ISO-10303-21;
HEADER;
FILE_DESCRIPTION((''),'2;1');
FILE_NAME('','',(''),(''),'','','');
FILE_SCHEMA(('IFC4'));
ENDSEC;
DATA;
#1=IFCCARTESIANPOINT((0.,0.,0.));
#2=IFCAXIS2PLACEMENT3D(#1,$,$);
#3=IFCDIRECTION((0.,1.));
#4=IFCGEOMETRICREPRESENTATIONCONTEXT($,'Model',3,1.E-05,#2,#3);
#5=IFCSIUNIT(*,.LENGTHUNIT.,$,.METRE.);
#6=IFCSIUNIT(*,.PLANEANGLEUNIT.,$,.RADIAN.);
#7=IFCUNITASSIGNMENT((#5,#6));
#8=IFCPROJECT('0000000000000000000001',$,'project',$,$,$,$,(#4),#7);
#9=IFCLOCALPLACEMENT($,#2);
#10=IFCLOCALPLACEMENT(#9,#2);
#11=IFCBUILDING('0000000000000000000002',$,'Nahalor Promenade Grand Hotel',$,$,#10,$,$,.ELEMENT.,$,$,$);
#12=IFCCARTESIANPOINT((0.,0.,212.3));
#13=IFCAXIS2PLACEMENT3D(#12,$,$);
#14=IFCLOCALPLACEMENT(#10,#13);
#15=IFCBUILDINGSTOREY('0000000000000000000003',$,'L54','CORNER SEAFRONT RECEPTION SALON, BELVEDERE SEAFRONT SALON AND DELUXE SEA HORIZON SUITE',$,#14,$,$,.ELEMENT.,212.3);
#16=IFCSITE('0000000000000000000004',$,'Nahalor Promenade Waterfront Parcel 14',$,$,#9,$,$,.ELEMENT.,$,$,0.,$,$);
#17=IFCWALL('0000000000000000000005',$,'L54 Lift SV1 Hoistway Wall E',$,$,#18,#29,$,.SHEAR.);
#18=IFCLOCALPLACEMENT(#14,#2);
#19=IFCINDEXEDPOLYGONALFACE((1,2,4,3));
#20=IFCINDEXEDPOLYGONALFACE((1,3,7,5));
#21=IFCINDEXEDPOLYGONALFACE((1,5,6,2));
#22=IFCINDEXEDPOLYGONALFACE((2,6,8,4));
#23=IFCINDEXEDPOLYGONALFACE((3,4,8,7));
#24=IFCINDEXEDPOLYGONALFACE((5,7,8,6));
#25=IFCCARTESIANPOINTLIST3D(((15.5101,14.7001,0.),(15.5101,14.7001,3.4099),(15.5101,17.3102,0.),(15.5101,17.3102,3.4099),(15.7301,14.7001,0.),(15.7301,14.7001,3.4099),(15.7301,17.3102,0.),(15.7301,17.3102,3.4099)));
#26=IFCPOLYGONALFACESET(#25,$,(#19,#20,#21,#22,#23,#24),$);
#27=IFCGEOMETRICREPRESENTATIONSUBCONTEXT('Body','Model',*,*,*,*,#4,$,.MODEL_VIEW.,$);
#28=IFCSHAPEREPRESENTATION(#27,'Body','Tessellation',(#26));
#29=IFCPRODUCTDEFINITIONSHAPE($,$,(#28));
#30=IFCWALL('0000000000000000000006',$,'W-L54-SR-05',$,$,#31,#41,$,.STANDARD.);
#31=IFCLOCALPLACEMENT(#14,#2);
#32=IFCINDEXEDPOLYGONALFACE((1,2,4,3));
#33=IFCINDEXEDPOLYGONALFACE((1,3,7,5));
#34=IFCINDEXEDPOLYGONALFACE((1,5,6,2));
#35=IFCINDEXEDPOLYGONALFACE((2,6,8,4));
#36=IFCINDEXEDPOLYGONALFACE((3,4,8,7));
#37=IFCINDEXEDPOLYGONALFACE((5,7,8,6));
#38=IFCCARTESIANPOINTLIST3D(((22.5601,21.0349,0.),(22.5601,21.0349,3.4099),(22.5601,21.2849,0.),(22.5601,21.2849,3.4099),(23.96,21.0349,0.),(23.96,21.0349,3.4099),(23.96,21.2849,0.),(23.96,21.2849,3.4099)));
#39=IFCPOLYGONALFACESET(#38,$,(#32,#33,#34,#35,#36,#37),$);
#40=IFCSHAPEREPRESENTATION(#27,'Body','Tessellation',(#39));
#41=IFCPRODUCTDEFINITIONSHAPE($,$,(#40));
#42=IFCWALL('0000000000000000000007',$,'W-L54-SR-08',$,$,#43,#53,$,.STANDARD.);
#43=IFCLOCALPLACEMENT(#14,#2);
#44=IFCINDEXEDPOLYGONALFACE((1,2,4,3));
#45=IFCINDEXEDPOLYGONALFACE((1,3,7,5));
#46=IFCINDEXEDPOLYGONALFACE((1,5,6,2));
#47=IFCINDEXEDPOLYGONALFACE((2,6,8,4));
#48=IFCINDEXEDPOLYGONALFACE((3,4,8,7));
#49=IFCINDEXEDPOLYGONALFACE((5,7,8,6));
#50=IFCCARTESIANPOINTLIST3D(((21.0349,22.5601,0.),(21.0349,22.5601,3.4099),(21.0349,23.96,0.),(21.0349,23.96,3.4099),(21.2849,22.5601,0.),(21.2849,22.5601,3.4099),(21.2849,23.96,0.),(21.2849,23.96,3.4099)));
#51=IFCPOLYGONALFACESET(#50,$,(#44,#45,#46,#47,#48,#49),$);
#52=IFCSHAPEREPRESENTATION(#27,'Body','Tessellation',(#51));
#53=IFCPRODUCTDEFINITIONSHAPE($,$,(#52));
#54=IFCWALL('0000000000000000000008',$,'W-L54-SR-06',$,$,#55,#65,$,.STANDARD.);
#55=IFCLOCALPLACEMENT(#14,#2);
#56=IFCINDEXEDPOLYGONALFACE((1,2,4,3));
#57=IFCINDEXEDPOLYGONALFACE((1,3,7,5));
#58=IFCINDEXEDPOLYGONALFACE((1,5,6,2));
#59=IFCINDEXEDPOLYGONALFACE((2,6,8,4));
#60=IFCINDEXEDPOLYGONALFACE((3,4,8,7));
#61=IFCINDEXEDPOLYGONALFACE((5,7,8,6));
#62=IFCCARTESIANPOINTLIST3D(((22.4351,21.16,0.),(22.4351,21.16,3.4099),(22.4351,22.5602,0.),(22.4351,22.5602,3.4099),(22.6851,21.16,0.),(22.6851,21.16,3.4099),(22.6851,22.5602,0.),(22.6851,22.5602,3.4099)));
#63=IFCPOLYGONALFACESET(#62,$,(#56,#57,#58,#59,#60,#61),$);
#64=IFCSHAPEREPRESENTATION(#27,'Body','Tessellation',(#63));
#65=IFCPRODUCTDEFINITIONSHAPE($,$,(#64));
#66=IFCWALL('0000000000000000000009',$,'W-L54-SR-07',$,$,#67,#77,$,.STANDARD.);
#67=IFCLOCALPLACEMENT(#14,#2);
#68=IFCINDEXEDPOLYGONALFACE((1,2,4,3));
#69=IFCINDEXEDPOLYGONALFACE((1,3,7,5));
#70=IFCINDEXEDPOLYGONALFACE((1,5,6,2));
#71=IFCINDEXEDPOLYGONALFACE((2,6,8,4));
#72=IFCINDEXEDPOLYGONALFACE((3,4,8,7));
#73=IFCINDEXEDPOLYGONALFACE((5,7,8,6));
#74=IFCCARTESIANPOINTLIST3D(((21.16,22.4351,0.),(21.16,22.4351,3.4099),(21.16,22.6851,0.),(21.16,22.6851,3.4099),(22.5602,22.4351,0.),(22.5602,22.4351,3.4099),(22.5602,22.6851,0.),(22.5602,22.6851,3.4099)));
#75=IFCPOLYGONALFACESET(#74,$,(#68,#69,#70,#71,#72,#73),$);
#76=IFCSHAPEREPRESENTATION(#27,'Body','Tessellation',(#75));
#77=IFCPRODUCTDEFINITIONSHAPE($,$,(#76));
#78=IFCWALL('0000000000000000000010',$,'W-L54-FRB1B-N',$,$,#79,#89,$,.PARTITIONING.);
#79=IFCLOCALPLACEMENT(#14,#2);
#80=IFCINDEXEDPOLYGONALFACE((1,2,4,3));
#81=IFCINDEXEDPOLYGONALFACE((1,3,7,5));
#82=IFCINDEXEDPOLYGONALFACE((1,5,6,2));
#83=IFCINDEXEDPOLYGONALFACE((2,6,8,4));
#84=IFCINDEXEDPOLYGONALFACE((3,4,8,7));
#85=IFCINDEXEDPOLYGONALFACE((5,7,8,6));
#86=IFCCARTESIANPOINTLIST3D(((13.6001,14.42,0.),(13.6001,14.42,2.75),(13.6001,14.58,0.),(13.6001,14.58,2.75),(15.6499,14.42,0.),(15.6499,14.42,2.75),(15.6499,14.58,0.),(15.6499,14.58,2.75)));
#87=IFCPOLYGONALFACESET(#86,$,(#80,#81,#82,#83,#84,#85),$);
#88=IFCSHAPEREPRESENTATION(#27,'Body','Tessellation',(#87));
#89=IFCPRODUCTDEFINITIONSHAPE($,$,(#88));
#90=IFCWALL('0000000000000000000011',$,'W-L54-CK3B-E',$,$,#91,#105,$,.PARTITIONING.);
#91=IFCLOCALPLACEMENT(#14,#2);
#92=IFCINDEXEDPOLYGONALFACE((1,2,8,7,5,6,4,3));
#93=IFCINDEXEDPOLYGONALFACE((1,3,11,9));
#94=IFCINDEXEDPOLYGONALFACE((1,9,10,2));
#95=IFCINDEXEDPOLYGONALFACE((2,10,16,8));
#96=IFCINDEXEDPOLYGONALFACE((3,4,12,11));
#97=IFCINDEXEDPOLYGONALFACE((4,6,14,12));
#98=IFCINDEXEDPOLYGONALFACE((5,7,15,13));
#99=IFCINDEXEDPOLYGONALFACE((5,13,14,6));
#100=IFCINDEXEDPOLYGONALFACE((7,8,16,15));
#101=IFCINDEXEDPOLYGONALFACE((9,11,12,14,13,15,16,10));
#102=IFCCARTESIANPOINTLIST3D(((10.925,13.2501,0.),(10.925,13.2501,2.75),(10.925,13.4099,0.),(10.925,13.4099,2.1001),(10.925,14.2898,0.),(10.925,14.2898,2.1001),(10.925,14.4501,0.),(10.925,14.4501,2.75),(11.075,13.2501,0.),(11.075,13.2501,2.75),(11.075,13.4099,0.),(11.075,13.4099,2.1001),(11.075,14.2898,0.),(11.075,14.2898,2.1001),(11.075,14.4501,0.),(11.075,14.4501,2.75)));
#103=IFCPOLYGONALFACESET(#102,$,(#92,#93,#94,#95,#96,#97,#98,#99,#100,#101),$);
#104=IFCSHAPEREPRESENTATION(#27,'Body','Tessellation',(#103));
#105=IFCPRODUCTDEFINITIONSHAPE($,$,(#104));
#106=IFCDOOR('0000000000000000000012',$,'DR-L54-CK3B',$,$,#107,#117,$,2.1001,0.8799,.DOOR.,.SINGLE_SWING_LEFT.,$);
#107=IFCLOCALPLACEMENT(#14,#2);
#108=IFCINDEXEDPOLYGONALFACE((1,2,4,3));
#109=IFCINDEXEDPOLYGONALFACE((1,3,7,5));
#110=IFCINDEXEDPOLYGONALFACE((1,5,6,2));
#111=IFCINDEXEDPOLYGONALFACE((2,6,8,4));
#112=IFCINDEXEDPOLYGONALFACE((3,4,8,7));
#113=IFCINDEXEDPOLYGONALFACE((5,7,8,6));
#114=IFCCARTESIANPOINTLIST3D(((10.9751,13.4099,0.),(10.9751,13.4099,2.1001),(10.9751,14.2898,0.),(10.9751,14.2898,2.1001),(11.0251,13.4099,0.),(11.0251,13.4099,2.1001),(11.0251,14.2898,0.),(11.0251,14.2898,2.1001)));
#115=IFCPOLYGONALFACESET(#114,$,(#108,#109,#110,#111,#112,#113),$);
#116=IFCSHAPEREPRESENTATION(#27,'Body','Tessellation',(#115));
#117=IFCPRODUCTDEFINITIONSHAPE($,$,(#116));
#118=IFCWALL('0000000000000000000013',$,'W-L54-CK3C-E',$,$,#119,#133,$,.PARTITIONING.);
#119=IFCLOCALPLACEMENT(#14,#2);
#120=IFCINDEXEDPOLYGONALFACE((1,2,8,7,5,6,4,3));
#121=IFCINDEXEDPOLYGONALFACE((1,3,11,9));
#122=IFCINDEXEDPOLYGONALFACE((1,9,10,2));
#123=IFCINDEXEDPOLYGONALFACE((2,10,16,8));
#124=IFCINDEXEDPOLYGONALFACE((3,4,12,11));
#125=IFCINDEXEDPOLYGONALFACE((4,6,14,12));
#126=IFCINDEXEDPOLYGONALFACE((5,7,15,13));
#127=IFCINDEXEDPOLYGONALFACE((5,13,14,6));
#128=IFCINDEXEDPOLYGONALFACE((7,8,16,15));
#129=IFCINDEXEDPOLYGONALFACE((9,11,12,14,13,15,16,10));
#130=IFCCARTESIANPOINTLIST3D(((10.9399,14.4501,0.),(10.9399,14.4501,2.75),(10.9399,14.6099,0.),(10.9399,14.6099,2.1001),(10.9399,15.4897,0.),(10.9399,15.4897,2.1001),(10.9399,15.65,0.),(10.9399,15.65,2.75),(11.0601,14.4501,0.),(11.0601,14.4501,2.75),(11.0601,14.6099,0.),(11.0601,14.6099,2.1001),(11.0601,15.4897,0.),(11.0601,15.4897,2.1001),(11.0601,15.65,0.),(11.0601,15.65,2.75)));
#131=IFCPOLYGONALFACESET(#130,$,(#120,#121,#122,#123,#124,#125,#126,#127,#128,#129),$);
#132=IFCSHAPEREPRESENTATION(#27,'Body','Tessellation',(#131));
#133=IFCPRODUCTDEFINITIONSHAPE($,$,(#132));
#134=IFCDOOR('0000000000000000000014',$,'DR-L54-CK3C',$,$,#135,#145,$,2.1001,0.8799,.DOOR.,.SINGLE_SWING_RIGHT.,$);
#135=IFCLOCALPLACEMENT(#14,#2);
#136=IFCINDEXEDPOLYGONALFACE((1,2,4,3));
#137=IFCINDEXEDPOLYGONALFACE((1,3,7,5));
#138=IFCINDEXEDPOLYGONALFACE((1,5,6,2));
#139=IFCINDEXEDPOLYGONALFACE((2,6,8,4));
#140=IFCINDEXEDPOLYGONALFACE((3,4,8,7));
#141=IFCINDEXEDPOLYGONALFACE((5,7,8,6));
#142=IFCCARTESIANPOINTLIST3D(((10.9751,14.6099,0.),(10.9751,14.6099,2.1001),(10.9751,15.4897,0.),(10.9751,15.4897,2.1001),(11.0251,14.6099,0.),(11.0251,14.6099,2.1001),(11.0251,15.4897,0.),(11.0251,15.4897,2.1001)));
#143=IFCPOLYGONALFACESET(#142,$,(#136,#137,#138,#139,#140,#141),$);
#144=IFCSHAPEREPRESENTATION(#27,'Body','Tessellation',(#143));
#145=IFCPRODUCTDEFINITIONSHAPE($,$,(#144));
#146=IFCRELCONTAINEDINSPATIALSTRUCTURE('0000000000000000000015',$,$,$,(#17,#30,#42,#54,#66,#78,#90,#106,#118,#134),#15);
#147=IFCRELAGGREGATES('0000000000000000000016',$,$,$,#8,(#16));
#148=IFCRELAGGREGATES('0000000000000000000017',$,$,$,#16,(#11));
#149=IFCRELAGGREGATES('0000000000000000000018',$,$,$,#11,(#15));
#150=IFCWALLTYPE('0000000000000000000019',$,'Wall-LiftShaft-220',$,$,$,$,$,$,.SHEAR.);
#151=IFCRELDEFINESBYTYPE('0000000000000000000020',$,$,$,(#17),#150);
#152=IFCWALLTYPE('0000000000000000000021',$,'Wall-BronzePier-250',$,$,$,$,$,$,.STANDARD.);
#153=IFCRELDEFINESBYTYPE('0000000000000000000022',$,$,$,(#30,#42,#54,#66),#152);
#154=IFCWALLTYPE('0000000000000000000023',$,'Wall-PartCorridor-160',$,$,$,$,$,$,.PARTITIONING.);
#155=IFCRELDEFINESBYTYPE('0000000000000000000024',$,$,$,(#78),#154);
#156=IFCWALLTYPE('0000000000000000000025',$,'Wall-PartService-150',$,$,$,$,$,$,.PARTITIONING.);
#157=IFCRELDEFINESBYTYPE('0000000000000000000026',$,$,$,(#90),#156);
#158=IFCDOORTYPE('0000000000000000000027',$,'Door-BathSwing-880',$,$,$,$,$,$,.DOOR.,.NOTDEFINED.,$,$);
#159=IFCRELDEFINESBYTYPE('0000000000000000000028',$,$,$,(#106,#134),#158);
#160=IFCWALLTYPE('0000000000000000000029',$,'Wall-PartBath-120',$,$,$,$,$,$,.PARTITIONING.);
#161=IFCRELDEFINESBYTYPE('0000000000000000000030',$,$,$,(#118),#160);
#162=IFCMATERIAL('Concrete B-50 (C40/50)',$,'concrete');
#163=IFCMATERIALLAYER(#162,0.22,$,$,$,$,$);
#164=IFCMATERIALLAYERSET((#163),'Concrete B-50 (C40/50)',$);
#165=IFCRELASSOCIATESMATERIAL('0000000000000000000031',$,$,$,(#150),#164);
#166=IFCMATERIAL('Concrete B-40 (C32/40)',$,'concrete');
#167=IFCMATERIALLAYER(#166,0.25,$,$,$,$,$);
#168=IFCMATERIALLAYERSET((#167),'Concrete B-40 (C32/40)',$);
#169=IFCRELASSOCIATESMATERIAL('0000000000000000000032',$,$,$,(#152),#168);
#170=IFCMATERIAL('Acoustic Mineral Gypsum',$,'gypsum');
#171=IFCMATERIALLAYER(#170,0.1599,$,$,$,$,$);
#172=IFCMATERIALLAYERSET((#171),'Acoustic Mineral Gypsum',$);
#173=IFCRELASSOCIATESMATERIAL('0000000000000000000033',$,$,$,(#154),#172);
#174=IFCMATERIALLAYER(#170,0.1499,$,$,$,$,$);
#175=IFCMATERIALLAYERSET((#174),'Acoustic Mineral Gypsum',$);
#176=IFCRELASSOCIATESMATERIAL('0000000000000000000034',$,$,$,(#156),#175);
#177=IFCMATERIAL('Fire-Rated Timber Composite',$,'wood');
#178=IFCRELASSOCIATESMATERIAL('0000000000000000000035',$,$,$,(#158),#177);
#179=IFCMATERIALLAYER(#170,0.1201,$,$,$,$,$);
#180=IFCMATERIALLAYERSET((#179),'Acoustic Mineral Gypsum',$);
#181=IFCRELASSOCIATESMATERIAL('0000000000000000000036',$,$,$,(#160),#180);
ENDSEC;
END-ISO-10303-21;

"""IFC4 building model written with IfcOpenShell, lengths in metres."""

from ifc_helpers import new_model, si_unit, direction, frame, frame_2d, origin, place, context, subcontext, project, spatial, rectangle, extrude, source, transform, mapped, material, layer, layer_set, type_object, element, fill, save


model = new_model("IFC4")

# Units and contexts
model_context = context("Model", 3, precision=1e-05, world=origin(), true_north=direction((0.0, 1.0)))
body_context = subcontext(model_context, "Body", "Model", "MODEL_VIEW")
ifc_project = project(units=[si_unit("LENGTHUNIT", "METRE"), si_unit("PLANEANGLEUNIT", "RADIAN")], contexts=[model_context])

# Site, building, storey
site_placement = place(None, origin())
site = spatial("IfcSite", under=ifc_project, at=site_placement, Name="Nahalor Promenade Waterfront Parcel 14", CompositionType="ELEMENT", RefElevation=0.0)
building_placement = place(site_placement, origin())
building = spatial("IfcBuilding", under=site, at=building_placement, Name="Nahalor Promenade Grand Hotel", CompositionType="ELEMENT")
storey_placement = place(building_placement, frame((0.0, 0.0, 212.3)))
storey = spatial("IfcBuildingStorey", under=building, at=storey_placement, Name="L54", Description="CORNER SEAFRONT RECEPTION SALON, BELVEDERE SEAFRONT SALON AND DELUXE SEA HORIZON SUITE", CompositionType="ELEMENT", Elevation=212.3)

# Shared definitions
ifc_material_1 = material(Name="Concrete B-50 (C40/50)", Category="concrete")
ifc_layer_1 = layer(ifc_material_1, 0.22)
ifc_layer_set_1 = layer_set([ifc_layer_1], Name="Concrete B-50 (C40/50)")
wall_type_1 = type_object("IfcWallType", Name="Wall-LiftShaft-220", PredefinedType="SHEAR", material=ifc_layer_set_1)

# Shared definitions
shared_shape_1 = source(origin(), body_context, "Body", "SweptSolid", [
    extrude(rectangle(XDim=2.6101, YDim=0.22, at=frame_2d((1.3052, 0.0))), origin(), (0.0, 0.0, 1.0), 3.4099),
])

# Walls
wall_1_placement = place(storey_placement, frame((15.6201, 14.7, 0.0), z_axis=(0.0, 0.0, 1.0), x_axis=(0.0, 1.0, 0.0)))
element("IfcWall", 1, at=wall_1_placement, inside=storey, type_object=wall_type_1, Name="L54 Lift SV1 Hoistway Wall E", PredefinedType="SHEAR", context=body_context, shape_type="MappedRepresentation", body=[
    mapped(shared_shape_1, transform((0.0, 0.0, 0.0), scale=1.0)),
])
ifc_material_2 = material(Name="Concrete B-40 (C32/40)", Category="concrete")
ifc_layer_2 = layer(ifc_material_2, 0.25)
ifc_layer_set_2 = layer_set([ifc_layer_2], Name="Concrete B-40 (C32/40)")
wall_type_2 = type_object("IfcWallType", Name="Wall-BronzePier-250", PredefinedType="STANDARD", material=ifc_layer_set_2)
shared_shape_2 = source(origin(), body_context, "Body", "SweptSolid", [
    extrude(rectangle(XDim=1.3999, YDim=0.25, at=frame_2d((0.7, 0.0))), origin(), (0.0, 0.0, 1.0), 3.4099),
])
for number, where, z_axis, x_axis, name in (
    (2, (22.5601, 21.1599, 0.0), (0.0, 0.0, 1.0), (1.0, 0.0, 0.0), "W-L54-SR-05"),
    (3, (21.1599, 22.5601, 0.0), (0.0, 0.0, 1.0), (0.0, 1.0, 0.0), "W-L54-SR-08"),
):
    element("IfcWall", number, at=place(storey_placement, frame(where, z_axis=z_axis, x_axis=x_axis)), inside=storey, type_object=wall_type_2, Name=name, PredefinedType="STANDARD", context=body_context, shape_type="MappedRepresentation", body=[
        mapped(shared_shape_2, transform((0.0, 0.0, 0.0), scale=1.0)),
    ])
shared_shape_3 = source(origin(), body_context, "Body", "SweptSolid", [
    extrude(rectangle(XDim=1.4001, YDim=0.25, at=frame_2d((0.7002, 0.0))), origin(), (0.0, 0.0, 1.0), 3.4099),
])
for number, where, z_axis, x_axis, name in (
    (4, (22.5601, 21.1599, 0.0), (0.0, 0.0, 1.0), (0.0, 1.0, 0.0), "W-L54-SR-06"),
    (5, (21.1599, 22.5601, 0.0), (0.0, 0.0, 1.0), (1.0, 0.0, 0.0), "W-L54-SR-07"),
):
    element("IfcWall", number, at=place(storey_placement, frame(where, z_axis=z_axis, x_axis=x_axis)), inside=storey, type_object=wall_type_2, Name=name, PredefinedType="STANDARD", context=body_context, shape_type="MappedRepresentation", body=[
        mapped(shared_shape_3, transform((0.0, 0.0, 0.0), scale=1.0)),
    ])
ifc_material_3 = material(Name="Acoustic Mineral Gypsum", Category="gypsum")
ifc_layer_3 = layer(ifc_material_3, 0.1599)
ifc_layer_set_3 = layer_set([ifc_layer_3], Name="Acoustic Mineral Gypsum")
wall_type_3 = type_object("IfcWallType", Name="Wall-PartCorridor-160", PredefinedType="PARTITIONING", material=ifc_layer_set_3)
shared_shape_4 = source(origin(), body_context, "Body", "SweptSolid", [
    extrude(rectangle(XDim=2.0498, YDim=0.1599, at=frame_2d((1.0249, 0.0))), origin(), (0.0, 0.0, 1.0), 2.75),
])
wall_2_placement = place(storey_placement, frame((13.6001, 14.5, 0.0), z_axis=(0.0, 0.0, 1.0), x_axis=(1.0, 0.0, 0.0)))
element("IfcWall", 6, at=wall_2_placement, inside=storey, type_object=wall_type_3, Name="W-L54-FRB1B-N", PredefinedType="PARTITIONING", context=body_context, shape_type="MappedRepresentation", body=[
    mapped(shared_shape_4, transform((0.0, 0.0, 0.0), scale=1.0)),
])

# Walls, openings, doors
ifc_layer_4 = layer(ifc_material_3, 0.1499)
ifc_layer_set_4 = layer_set([ifc_layer_4], Name="Acoustic Mineral Gypsum")
wall_type_4 = type_object("IfcWallType", Name="Wall-PartService-150", PredefinedType="PARTITIONING", material=ifc_layer_set_4)
shared_shape_5 = source(origin(), body_context, "Body", "SweptSolid", [
    extrude(rectangle(XDim=1.2, YDim=0.1499, at=frame_2d((0.6001, 0.0))), origin(), (0.0, 0.0, 1.0), 2.75),
])
wall_3_placement = place(storey_placement, frame((11.0, 13.25, 0.0), z_axis=(0.0, 0.0, 1.0), x_axis=(0.0, 1.0, 0.0)))
wall_3 = element("IfcWall", 7, at=wall_3_placement, inside=storey, type_object=wall_type_4, Name="W-L54-CK3B-E", PredefinedType="PARTITIONING", context=body_context, shape_type="MappedRepresentation", body=[
    mapped(shared_shape_5, transform((0.0, 0.0, 0.0), scale=1.0)),
])
opening_1_placement = place(wall_3_placement, frame((0.1599, 0.0, 0.0)))
opening_1 = element("IfcOpeningElement", 8, at=opening_1_placement, cuts=wall_3, PredefinedType="OPENING", context=body_context, shape_type="SweptSolid", body=[
    extrude(rectangle(XDim=0.8799, YDim=2.1001, at=frame_2d((0.4399, 1.05))), frame((0.0, 0.085, 0.0), z_axis=(0.0, -1.0, 0.0), x_axis=(1.0, 0.0, 0.0)), (0.0, 0.0, 1.0), 0.1699),
])
ifc_material_4 = material(Name="Fire-Rated Timber Composite", Category="wood")
door_type_1 = type_object("IfcDoorType", Name="Door-BathSwing-880", OperationType="NOTDEFINED", PredefinedType="DOOR", material=ifc_material_4)
shared_shape_6 = source(origin(), body_context, "Body", "SweptSolid", [
    extrude(rectangle(XDim=0.8799, YDim=2.1001, at=frame_2d((0.4399, 1.05))), frame((0.0, 0.0249, 0.0), z_axis=(0.0, -1.0, 0.0), x_axis=(1.0, 0.0, 0.0)), (0.0, 0.0, 1.0), 0.05),
])
door_1_placement = place(opening_1_placement, origin())
door_1 = element("IfcDoor", 9, at=door_1_placement, inside=storey, type_object=door_type_1, Name="DR-L54-CK3B", OperationType="SINGLE_SWING_LEFT", OverallHeight=2.1001, OverallWidth=0.8799, PredefinedType="DOOR", context=body_context, shape_type="MappedRepresentation", body=[
    mapped(shared_shape_6, transform((0.0, 0.0, 0.0), scale=1.0)),
])
fill(opening_1, door_1)
ifc_layer_5 = layer(ifc_material_3, 0.1201)
ifc_layer_set_5 = layer_set([ifc_layer_5], Name="Acoustic Mineral Gypsum")
wall_type_5 = type_object("IfcWallType", Name="Wall-PartBath-120", PredefinedType="PARTITIONING", material=ifc_layer_set_5)
shared_shape_7 = source(origin(), body_context, "Body", "SweptSolid", [
    extrude(rectangle(XDim=1.2, YDim=0.1201, at=frame_2d((0.6001, 0.0))), origin(), (0.0, 0.0, 1.0), 2.75),
])
wall_4_placement = place(storey_placement, frame((11.0, 14.45, 0.0), z_axis=(0.0, 0.0, 1.0), x_axis=(0.0, 1.0, 0.0)))
wall_4 = element("IfcWall", 10, at=wall_4_placement, inside=storey, type_object=wall_type_5, Name="W-L54-CK3C-E", PredefinedType="PARTITIONING", context=body_context, shape_type="MappedRepresentation", body=[
    mapped(shared_shape_7, transform((0.0, 0.0, 0.0), scale=1.0)),
])
opening_2_placement = place(wall_4_placement, frame((0.1599, 0.0, 0.0)))
opening_2 = element("IfcOpeningElement", 11, at=opening_2_placement, cuts=wall_4, PredefinedType="OPENING", context=body_context, shape_type="SweptSolid", body=[
    extrude(rectangle(XDim=0.8799, YDim=2.1001, at=frame_2d((0.4399, 1.05))), frame((0.0, 0.0701, 0.0), z_axis=(0.0, -1.0, 0.0), x_axis=(1.0, 0.0, 0.0)), (0.0, 0.0, 1.0), 0.1401),
])
door_2_placement = place(opening_2_placement, origin())
door_2 = element("IfcDoor", 12, at=door_2_placement, inside=storey, type_object=door_type_1, Name="DR-L54-CK3C", OperationType="SINGLE_SWING_RIGHT", OverallHeight=2.1001, OverallWidth=0.8799, PredefinedType="DOOR", context=body_context, shape_type="MappedRepresentation", body=[
    mapped(shared_shape_6, transform((0.0, 0.0, 0.0), scale=1.0)),
])
fill(opening_2, door_2)

save(model, "model.ifc")
